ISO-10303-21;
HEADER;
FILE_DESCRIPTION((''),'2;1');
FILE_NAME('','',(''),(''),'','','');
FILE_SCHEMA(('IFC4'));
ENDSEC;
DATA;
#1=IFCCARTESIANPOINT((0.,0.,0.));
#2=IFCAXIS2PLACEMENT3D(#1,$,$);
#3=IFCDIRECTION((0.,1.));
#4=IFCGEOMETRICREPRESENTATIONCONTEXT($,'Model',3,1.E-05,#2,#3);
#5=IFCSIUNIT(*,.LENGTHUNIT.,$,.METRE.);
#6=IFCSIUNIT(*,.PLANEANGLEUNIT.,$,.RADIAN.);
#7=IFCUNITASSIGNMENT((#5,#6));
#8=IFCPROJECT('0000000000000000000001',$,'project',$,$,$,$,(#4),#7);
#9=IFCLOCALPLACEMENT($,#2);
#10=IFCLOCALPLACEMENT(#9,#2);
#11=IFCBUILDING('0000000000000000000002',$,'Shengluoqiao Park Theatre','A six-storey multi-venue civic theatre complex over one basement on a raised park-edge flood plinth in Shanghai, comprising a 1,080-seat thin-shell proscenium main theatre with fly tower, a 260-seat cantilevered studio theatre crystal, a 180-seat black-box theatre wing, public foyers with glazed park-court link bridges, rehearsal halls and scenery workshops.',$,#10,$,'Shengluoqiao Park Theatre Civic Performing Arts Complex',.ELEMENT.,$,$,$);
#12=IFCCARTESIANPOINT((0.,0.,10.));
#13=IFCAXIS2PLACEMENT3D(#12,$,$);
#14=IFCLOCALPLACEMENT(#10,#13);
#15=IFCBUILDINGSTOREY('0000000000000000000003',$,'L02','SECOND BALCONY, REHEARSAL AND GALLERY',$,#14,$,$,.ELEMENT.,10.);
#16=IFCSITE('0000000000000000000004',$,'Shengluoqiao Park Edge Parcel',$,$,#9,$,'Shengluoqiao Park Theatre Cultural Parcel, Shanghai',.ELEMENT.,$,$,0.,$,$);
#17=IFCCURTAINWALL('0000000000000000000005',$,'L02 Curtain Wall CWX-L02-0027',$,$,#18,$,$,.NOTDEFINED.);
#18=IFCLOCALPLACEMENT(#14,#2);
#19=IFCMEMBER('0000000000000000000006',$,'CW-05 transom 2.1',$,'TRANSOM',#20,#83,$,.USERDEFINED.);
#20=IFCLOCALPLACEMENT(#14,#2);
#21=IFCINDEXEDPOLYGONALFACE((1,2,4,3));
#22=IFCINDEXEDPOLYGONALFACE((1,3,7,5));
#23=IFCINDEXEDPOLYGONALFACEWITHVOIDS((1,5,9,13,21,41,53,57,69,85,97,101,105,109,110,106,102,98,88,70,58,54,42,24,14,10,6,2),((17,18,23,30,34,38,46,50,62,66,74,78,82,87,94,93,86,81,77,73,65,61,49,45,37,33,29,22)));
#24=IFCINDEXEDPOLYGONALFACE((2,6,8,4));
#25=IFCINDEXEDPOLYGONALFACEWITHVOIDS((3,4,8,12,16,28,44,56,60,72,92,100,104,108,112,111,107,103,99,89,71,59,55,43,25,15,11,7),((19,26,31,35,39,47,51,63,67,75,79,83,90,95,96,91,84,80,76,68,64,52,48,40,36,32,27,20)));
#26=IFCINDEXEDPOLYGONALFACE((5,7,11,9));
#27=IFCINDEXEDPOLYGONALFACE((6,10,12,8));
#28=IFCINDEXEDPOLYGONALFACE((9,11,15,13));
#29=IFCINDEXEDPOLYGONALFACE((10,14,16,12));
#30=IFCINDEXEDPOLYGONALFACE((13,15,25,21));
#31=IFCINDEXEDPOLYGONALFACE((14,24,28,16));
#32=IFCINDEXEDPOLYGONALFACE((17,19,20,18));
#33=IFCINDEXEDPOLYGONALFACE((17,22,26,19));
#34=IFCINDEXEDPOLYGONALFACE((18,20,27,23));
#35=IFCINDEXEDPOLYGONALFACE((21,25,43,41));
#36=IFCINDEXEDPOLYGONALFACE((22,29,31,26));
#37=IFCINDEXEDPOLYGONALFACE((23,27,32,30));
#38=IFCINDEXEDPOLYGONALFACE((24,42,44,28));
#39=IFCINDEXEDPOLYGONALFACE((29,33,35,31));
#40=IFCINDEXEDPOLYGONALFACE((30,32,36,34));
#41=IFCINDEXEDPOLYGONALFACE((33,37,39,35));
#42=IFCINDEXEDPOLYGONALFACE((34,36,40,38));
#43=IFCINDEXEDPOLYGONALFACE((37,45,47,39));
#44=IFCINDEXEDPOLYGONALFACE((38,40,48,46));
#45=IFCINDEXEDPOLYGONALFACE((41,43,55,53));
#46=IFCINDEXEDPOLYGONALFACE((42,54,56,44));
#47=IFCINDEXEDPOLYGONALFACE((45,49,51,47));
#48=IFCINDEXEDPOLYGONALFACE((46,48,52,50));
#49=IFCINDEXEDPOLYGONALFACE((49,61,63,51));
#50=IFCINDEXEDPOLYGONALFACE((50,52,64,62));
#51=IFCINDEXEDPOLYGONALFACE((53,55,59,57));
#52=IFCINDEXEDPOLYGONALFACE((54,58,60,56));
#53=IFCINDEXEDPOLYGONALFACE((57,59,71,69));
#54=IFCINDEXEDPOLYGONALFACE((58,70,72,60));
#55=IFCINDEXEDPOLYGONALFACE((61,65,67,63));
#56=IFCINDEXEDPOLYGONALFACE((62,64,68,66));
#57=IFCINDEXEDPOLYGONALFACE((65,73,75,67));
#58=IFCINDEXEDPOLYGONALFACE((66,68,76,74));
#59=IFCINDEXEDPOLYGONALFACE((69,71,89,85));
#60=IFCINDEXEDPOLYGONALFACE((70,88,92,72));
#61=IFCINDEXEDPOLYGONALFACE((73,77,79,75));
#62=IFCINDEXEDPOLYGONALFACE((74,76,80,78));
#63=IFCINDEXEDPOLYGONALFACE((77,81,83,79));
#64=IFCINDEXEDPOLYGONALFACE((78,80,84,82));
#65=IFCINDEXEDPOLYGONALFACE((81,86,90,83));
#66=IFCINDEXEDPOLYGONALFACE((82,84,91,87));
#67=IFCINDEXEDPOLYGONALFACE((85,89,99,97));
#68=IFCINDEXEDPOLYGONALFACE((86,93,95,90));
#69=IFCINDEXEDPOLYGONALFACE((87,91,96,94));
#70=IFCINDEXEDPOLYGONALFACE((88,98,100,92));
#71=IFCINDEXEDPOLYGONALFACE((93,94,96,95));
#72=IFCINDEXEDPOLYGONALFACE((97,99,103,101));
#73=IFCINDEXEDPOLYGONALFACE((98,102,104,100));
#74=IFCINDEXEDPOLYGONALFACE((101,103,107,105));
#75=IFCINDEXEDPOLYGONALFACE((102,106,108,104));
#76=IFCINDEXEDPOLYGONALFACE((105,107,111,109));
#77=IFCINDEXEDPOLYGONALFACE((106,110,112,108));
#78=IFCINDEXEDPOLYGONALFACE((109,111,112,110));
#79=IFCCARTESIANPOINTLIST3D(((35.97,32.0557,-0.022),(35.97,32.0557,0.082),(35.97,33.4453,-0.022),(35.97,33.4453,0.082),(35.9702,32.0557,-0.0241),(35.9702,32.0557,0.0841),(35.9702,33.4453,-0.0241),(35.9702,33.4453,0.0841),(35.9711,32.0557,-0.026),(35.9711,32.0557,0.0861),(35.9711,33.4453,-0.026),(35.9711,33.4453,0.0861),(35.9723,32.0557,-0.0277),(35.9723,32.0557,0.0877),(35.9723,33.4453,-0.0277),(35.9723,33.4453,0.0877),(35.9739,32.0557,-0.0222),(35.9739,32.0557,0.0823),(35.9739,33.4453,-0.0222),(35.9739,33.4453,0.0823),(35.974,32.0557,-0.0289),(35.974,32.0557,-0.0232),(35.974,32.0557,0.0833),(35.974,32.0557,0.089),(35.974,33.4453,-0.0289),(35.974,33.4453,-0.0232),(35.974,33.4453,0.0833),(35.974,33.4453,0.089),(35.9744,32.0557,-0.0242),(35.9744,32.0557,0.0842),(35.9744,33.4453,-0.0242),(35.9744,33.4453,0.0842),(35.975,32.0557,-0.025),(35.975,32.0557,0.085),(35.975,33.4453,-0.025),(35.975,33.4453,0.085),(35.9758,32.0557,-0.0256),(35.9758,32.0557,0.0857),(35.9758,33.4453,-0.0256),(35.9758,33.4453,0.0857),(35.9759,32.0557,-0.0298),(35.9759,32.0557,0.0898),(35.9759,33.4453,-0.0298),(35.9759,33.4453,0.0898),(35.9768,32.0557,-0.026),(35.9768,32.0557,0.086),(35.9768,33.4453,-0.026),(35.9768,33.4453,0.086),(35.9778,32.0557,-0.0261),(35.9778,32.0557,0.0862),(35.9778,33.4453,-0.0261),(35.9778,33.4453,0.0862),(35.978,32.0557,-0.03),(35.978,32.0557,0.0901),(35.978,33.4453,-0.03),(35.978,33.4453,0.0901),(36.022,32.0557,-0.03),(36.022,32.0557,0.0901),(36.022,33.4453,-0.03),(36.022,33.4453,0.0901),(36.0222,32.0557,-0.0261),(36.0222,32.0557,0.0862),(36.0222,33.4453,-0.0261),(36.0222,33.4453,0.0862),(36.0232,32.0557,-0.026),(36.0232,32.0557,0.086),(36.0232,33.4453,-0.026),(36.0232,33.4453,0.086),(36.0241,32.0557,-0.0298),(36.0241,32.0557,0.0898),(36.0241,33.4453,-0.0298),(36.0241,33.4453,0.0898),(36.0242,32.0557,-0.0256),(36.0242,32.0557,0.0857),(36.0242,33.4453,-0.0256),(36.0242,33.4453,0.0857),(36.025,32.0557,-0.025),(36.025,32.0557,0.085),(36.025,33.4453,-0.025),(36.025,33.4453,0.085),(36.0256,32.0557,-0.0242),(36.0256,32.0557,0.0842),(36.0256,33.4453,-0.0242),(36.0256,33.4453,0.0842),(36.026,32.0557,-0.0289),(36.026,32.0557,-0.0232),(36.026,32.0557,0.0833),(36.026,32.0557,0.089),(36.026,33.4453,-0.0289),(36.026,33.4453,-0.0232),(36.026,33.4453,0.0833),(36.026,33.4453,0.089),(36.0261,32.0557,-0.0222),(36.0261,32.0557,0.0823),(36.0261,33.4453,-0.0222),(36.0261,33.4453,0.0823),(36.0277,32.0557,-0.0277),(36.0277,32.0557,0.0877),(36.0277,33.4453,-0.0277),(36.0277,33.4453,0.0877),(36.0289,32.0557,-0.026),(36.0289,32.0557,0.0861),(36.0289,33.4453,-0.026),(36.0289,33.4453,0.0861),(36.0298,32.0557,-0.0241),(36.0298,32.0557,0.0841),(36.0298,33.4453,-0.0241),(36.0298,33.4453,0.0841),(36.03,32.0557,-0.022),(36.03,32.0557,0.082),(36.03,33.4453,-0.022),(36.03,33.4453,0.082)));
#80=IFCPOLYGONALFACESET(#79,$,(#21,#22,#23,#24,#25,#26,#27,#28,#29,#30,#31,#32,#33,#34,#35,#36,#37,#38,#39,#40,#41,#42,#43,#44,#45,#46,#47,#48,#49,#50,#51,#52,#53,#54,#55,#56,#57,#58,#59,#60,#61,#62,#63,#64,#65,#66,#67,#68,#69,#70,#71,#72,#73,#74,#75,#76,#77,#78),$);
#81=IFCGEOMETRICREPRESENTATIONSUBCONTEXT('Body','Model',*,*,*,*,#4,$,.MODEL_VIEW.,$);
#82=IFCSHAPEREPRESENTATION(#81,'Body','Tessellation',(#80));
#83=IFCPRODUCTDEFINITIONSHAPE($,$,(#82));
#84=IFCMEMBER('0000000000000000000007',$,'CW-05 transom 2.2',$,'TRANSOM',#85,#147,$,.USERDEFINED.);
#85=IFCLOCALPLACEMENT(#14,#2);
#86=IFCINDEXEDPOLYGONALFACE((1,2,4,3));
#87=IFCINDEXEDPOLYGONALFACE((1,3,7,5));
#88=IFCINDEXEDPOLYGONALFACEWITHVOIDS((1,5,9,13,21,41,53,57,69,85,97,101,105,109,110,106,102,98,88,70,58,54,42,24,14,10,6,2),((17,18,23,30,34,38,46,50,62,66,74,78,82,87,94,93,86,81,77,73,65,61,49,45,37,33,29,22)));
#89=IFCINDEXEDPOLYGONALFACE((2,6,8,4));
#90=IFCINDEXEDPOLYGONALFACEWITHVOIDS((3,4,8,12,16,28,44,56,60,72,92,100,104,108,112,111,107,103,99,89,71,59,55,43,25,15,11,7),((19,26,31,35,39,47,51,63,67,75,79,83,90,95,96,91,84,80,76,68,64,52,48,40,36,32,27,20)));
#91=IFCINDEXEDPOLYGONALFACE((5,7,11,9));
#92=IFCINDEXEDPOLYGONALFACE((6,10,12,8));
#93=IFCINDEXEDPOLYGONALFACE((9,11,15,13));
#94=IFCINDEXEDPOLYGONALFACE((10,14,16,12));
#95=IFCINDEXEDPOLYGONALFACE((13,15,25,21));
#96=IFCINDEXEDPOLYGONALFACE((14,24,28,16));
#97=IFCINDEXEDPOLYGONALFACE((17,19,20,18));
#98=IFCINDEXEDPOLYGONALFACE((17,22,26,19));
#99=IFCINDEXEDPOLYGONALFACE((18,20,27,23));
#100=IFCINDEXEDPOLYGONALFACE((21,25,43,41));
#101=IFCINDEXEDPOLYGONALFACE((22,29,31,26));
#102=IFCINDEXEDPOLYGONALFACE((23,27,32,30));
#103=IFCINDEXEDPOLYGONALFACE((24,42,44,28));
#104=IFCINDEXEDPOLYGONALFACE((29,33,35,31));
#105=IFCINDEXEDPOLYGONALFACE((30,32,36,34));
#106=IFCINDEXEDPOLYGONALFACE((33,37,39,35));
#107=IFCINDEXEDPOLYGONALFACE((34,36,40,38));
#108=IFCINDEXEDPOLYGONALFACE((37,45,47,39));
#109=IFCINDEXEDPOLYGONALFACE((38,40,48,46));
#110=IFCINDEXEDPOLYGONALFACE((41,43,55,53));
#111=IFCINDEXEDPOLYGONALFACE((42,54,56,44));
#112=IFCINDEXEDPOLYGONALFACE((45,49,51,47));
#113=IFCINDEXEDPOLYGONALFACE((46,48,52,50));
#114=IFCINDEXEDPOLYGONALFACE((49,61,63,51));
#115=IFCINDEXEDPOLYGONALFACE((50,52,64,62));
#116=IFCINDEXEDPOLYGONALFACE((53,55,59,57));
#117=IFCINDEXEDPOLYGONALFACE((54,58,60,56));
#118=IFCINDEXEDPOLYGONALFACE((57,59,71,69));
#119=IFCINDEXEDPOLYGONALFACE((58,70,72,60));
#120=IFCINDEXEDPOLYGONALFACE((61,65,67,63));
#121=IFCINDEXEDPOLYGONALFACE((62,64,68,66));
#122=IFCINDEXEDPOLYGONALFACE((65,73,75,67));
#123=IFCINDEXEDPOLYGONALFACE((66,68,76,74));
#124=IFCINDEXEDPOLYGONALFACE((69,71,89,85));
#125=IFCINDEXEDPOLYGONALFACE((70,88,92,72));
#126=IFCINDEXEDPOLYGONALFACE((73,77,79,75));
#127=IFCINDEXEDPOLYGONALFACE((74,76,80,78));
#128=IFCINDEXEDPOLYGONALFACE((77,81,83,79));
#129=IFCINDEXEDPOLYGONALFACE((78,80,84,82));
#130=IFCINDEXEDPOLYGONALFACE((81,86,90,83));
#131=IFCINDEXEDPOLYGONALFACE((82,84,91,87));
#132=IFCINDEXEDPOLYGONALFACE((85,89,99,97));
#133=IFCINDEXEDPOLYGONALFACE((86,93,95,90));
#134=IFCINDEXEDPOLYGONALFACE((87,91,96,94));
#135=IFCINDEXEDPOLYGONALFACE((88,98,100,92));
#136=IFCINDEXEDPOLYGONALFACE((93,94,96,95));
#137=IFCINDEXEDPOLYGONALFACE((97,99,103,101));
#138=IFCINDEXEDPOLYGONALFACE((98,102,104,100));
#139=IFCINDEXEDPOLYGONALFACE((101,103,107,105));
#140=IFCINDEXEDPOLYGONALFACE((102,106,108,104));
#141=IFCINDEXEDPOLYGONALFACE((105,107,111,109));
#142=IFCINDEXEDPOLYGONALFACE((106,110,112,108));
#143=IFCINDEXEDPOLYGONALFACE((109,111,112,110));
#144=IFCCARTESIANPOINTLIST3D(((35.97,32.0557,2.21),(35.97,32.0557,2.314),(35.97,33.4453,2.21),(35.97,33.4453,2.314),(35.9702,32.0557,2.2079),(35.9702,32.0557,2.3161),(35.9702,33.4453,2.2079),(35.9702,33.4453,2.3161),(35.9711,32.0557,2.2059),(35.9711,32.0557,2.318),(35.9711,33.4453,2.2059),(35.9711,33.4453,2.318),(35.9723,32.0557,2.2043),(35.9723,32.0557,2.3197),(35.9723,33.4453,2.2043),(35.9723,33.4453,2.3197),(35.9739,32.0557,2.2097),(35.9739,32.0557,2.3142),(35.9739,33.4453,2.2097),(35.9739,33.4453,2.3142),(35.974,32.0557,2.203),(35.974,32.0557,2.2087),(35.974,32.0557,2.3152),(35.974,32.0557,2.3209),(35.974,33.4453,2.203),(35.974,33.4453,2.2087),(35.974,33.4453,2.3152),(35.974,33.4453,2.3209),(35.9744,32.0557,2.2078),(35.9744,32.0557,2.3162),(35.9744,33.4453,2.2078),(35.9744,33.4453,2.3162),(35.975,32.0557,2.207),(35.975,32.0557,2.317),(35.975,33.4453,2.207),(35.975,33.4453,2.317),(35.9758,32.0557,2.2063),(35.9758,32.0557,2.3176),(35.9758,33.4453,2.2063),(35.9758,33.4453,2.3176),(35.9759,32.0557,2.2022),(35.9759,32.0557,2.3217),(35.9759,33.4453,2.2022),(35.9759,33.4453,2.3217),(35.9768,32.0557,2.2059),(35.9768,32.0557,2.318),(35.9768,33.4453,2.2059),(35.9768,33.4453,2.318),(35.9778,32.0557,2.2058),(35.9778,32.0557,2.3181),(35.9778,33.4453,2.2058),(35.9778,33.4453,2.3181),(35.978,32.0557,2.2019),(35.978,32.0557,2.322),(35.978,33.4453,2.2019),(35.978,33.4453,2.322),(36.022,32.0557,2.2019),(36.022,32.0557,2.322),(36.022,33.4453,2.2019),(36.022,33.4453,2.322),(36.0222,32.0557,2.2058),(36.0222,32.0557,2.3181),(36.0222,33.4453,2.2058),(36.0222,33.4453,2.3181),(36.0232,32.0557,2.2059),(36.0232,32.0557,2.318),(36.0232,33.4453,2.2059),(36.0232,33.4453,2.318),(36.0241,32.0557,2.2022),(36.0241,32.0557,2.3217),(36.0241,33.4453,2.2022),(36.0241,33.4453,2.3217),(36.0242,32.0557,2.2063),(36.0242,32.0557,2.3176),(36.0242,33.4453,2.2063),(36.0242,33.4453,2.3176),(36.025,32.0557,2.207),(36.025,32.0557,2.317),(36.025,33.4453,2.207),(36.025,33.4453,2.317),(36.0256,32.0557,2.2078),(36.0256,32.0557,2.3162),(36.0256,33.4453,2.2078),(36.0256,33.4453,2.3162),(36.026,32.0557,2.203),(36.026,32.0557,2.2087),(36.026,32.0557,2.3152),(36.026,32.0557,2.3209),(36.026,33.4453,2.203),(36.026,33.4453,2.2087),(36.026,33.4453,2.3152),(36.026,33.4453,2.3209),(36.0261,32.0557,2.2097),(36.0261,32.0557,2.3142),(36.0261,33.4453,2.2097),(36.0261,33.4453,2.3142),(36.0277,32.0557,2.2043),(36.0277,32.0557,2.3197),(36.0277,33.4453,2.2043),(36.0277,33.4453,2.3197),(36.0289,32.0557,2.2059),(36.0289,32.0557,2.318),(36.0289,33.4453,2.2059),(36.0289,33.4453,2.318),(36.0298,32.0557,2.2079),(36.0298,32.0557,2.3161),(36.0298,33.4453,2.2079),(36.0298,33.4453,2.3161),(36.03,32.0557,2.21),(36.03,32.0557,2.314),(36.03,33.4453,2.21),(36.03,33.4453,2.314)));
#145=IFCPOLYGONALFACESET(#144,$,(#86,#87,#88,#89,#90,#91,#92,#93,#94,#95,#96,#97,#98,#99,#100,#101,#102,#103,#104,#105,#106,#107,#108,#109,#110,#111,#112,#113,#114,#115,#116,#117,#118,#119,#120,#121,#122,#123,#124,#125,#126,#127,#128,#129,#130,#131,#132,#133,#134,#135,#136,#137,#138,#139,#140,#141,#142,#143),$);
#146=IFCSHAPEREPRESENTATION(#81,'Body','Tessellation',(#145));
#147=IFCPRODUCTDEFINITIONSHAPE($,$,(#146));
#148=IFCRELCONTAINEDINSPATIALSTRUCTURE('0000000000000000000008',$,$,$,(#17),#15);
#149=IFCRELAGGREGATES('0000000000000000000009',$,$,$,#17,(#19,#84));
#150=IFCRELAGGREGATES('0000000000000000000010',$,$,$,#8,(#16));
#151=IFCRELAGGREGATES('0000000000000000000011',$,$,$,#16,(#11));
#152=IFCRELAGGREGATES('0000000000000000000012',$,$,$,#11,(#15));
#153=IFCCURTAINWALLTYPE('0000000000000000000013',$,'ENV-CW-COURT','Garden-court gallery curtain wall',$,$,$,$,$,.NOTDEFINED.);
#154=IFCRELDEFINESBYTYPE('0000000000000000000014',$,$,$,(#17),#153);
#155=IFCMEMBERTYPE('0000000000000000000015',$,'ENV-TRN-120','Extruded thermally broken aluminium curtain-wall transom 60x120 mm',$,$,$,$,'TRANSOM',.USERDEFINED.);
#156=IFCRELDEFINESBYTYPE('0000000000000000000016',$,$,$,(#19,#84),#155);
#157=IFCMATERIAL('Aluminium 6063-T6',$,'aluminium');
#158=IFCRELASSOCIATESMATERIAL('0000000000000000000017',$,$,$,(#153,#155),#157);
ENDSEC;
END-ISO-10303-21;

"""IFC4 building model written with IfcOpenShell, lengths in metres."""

from ifc_helpers import new_model, si_unit, direction, frame, origin, origin_2d, place, context, subcontext, project, spatial, hollow_rectangle, extrude, material, material_profile, profile_set, type_object, element, aggregate, save


model = new_model("IFC4")

# Units and contexts
model_context = context("Model", 3, precision=1e-05, world=origin(), true_north=direction((0.0, 1.0)))
body_context = subcontext(model_context, "Body", "Model", "MODEL_VIEW")
ifc_project = project(units=[si_unit("LENGTHUNIT", "METRE"), si_unit("PLANEANGLEUNIT", "RADIAN")], contexts=[model_context])

# Site, building, storey
site_placement = place(None, origin())
site = spatial("IfcSite", under=ifc_project, at=site_placement, Name="Shengluoqiao Park Edge Parcel", LongName="Shengluoqiao Park Theatre Cultural Parcel, Shanghai", CompositionType="ELEMENT", RefElevation=0.0)
building_placement = place(site_placement, origin())
building = spatial("IfcBuilding", under=site, at=building_placement, Name="Shengluoqiao Park Theatre", Description="A six-storey multi-venue civic theatre complex over one basement on a raised park-edge flood plinth in Shanghai, comprising a 1,080-seat thin-shell proscenium main theatre with fly tower, a 260-seat cantilevered studio theatre crystal, a 180-seat black-box theatre wing, public foyers with glazed park-court link bridges, rehearsal halls and scenery workshops.", LongName="Shengluoqiao Park Theatre Civic Performing Arts Complex", CompositionType="ELEMENT")
storey_placement = place(building_placement, frame((0.0, 0.0, 10.0)))
storey = spatial("IfcBuildingStorey", under=building, at=storey_placement, Name="L02", Description="SECOND BALCONY, REHEARSAL AND GALLERY", CompositionType="ELEMENT", Elevation=10.0)

# Curtain wall, members
ifc_material_1 = material(Name="Aluminium 6063-T6", Category="aluminium")
curtain_wall_type = type_object("IfcCurtainWallType", Name="ENV-CW-COURT", Description="Garden-court gallery curtain wall", PredefinedType="NOTDEFINED", material=ifc_material_1)
curtain_wall_placement = place(storey_placement, origin())
curtain_wall = element("IfcCurtainWall", 1, at=curtain_wall_placement, inside=storey, type_object=curtain_wall_type, Name="L02 Curtain Wall CWX-L02-0027", PredefinedType="NOTDEFINED")
ifc_material_profile_1 = material_profile(ifc_material_1, hollow_rectangle(XDim=0.0601, YDim=0.1201, WallThickness=0.0039, InnerFilletRadius=0.0039, OuterFilletRadius=0.0081, at=origin_2d()), Name="ALU TRANSOM 120x60x4")
ifc_profile_set_1 = profile_set([ifc_material_profile_1], Name="Aluminium 6063-T6")
member_type_1 = type_object("IfcMemberType", Name="ENV-TRN-120", Description="Extruded thermally broken aluminium curtain-wall transom 60x120 mm", ElementType="TRANSOM", PredefinedType="USERDEFINED", material=ifc_profile_set_1)
member_1_placement = place(storey_placement, frame((36.0, 32.0557, 0.03), z_axis=(0.0, 1.0, 0.0), x_axis=(-1.0, 0.0, 0.0)))
member_1 = element("IfcMember", 2, at=member_1_placement, type_object=member_type_1, Name="CW-05 transom 2.1", ObjectType="TRANSOM", PredefinedType="USERDEFINED", context=body_context, shape_type="SweptSolid", body=[
    extrude(hollow_rectangle(XDim=0.0601, YDim=0.1201, WallThickness=0.0039, InnerFilletRadius=0.0039, OuterFilletRadius=0.0081, at=origin_2d()), origin(), (0.0, 0.0, 1.0), 1.3896),
])
member_2_placement = place(storey_placement, frame((36.0, 32.0557, 2.262), z_axis=(0.0, 1.0, 0.0), x_axis=(-1.0, 0.0, 0.0)))
member_2 = element("IfcMember", 3, at=member_2_placement, type_object=member_type_1, Name="CW-05 transom 2.2", ObjectType="TRANSOM", PredefinedType="USERDEFINED", context=body_context, shape_type="SweptSolid", body=[
    extrude(hollow_rectangle(XDim=0.0601, YDim=0.1201, WallThickness=0.0039, InnerFilletRadius=0.0039, OuterFilletRadius=0.0081, at=origin_2d()), origin(), (0.0, 0.0, 1.0), 1.3896),
])
aggregate(curtain_wall, [member_1, member_2])

save(model, "model.ifc")
